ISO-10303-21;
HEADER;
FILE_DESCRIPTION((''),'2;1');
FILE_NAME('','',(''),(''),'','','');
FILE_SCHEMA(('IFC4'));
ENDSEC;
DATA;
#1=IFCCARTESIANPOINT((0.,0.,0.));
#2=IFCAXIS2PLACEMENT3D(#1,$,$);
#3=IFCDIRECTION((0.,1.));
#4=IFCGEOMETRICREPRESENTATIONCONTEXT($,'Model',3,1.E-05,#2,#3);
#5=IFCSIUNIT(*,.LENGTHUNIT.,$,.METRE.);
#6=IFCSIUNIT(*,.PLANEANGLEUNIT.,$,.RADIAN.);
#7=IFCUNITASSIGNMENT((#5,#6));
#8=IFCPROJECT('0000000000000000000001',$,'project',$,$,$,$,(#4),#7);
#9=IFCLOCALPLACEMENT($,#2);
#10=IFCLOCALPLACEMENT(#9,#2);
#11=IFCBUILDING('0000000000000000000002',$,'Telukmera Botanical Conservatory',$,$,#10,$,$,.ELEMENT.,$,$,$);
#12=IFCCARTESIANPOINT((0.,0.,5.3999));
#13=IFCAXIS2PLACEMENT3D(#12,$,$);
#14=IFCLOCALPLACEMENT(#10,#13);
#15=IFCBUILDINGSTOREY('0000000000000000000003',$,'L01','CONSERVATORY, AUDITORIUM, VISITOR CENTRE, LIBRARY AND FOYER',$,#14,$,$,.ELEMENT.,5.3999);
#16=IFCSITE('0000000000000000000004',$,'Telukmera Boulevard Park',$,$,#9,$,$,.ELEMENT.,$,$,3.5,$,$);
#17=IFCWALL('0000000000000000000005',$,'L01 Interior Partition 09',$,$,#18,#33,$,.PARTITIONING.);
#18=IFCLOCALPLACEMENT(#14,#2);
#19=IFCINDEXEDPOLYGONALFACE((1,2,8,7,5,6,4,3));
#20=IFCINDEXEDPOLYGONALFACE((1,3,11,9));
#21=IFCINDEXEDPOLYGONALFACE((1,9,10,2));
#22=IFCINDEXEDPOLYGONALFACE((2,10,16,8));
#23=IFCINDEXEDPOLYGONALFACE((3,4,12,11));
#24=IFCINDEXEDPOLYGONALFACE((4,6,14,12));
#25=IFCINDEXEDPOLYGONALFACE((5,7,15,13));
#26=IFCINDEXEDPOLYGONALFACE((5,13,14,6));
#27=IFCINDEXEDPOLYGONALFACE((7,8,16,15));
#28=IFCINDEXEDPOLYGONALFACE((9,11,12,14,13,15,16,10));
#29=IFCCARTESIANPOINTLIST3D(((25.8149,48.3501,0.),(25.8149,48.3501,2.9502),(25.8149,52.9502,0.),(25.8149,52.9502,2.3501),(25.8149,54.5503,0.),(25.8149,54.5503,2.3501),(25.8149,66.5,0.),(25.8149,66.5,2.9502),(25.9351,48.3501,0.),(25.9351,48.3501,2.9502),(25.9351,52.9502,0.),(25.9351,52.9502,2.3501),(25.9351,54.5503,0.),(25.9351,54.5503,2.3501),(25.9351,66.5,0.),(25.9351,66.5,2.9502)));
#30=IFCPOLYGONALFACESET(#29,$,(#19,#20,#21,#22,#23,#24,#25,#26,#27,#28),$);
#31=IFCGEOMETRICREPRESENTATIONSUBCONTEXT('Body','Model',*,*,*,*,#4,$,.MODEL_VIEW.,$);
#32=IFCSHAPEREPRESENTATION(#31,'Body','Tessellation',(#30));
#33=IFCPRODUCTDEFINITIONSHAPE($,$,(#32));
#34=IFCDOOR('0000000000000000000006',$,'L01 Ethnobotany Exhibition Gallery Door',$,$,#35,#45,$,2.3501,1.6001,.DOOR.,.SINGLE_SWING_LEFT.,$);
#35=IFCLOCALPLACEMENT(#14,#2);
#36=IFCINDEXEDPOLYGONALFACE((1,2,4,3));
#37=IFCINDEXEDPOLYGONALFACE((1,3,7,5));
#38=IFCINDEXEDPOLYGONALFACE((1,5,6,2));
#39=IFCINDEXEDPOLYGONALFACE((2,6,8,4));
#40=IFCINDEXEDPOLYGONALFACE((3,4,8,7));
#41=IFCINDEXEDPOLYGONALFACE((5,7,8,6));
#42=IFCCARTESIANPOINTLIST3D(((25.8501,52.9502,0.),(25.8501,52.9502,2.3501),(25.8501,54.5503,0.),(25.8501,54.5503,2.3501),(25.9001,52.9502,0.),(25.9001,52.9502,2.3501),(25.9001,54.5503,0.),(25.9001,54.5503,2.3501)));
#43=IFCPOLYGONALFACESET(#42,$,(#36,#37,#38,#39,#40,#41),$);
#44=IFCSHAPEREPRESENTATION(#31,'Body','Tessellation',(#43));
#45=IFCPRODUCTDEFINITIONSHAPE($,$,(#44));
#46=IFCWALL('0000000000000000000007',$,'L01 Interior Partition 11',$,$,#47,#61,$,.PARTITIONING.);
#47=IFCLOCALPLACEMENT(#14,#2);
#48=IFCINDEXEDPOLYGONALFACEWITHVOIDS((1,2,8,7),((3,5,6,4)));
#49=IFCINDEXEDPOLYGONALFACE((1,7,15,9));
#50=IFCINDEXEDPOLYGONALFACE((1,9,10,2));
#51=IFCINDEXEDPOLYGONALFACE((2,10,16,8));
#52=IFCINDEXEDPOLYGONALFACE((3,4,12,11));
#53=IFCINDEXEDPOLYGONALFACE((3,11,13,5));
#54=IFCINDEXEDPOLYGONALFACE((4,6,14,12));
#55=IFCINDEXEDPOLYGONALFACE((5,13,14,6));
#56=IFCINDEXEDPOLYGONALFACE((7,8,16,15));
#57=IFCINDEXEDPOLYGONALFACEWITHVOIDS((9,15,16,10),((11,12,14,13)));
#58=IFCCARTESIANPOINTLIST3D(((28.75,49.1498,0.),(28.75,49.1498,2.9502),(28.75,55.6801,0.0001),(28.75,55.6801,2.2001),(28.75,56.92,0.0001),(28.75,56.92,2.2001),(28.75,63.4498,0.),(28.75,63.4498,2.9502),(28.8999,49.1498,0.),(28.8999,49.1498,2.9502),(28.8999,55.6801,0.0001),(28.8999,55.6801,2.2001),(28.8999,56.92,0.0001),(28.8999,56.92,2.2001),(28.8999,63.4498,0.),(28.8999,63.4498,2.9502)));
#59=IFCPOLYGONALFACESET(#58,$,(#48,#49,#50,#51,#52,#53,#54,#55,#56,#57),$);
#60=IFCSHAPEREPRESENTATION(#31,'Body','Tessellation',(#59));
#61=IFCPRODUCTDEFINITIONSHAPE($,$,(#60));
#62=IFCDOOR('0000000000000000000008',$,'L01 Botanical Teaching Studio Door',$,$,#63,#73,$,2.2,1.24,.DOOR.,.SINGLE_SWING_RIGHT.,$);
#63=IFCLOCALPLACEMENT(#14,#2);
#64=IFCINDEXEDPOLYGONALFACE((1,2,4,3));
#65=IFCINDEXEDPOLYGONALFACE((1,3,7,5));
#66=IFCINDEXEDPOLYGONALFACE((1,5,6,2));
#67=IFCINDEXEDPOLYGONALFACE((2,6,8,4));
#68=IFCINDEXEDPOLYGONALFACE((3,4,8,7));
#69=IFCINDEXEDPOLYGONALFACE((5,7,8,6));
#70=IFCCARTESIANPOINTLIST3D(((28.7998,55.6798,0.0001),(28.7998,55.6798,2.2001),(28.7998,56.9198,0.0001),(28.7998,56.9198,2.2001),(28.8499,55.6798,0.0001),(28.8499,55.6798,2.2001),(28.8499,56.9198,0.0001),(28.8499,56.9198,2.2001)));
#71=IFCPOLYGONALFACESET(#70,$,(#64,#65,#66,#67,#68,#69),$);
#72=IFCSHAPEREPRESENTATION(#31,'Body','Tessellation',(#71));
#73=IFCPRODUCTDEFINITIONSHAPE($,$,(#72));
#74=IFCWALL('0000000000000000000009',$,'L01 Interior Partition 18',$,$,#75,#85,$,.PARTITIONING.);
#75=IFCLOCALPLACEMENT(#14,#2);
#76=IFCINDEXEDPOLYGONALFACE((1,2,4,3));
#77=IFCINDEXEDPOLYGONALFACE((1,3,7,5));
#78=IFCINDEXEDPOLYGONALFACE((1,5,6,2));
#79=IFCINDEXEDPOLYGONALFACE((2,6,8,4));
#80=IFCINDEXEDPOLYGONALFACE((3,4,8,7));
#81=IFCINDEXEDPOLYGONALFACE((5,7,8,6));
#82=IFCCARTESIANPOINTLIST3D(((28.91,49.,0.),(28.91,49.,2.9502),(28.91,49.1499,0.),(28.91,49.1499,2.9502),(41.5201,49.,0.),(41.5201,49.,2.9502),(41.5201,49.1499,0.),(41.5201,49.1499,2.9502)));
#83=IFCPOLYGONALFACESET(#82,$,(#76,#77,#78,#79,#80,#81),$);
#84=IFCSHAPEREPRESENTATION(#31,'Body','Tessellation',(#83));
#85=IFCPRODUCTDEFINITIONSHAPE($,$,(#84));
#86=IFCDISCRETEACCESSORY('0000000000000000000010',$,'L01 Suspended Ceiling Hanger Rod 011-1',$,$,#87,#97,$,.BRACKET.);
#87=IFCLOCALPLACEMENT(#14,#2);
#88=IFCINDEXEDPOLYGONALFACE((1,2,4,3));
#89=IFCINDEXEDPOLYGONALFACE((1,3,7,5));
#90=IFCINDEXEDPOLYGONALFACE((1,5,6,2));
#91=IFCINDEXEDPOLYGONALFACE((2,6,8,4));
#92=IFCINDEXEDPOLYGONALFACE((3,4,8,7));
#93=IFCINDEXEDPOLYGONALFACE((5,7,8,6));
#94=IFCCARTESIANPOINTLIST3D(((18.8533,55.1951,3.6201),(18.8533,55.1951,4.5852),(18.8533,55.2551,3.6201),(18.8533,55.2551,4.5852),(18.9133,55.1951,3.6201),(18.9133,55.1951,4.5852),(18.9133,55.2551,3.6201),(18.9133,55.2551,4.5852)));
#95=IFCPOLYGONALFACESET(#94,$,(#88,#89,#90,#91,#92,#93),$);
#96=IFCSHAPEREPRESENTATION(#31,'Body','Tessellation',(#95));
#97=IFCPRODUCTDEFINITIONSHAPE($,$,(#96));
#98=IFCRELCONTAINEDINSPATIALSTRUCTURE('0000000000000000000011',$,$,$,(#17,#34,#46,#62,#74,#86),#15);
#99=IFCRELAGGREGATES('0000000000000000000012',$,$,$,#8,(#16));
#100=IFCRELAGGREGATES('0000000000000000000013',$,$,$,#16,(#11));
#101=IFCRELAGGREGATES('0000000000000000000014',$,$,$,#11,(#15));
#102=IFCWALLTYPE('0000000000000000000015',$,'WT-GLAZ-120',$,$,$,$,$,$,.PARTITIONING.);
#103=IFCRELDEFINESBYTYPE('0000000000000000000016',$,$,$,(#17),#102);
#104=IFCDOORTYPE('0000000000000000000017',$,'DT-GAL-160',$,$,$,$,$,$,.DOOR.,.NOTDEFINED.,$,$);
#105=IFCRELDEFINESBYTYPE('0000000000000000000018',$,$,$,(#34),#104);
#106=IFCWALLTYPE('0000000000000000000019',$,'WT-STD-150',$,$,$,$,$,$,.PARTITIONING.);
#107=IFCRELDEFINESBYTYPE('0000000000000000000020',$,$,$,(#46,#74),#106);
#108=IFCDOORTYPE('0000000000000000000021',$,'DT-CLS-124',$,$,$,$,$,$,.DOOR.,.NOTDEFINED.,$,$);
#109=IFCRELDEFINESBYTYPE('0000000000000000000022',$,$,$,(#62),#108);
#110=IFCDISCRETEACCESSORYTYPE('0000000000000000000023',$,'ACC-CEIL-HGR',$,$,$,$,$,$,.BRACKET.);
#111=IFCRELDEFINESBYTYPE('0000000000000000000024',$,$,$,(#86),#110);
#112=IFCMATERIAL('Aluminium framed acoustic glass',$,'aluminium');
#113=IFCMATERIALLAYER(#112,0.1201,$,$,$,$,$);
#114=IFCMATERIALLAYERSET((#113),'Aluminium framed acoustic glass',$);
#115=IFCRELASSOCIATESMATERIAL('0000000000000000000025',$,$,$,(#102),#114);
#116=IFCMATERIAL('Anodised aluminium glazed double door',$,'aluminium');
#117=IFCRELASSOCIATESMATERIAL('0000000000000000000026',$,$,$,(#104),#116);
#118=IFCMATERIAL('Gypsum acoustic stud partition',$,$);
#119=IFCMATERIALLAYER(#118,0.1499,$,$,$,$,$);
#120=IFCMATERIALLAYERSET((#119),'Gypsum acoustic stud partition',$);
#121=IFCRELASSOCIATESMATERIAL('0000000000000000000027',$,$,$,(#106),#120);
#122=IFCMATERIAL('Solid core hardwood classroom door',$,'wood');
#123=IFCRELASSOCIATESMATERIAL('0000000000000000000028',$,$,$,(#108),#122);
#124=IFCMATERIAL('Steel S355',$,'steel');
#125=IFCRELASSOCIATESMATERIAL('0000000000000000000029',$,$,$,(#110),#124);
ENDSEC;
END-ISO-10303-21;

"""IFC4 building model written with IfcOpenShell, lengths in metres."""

from ifc_helpers import new_model, si_unit, direction, frame, frame_2d, origin, origin_2d, place, context, subcontext, project, spatial, rectangle, extrude, material, layer, layer_set, type_object, element, fill, save


model = new_model("IFC4")

# Units and contexts
model_context = context("Model", 3, precision=1e-05, world=origin(), true_north=direction((0.0, 1.0)))
body_context = subcontext(model_context, "Body", "Model", "MODEL_VIEW")
ifc_project = project(units=[si_unit("LENGTHUNIT", "METRE"), si_unit("PLANEANGLEUNIT", "RADIAN")], contexts=[model_context])

# Site, building, storey
site_placement = place(None, origin())
site = spatial("IfcSite", under=ifc_project, at=site_placement, Name="Telukmera Boulevard Park", CompositionType="ELEMENT", RefElevation=3.5)
building_placement = place(site_placement, origin())
building = spatial("IfcBuilding", under=site, at=building_placement, Name="Telukmera Botanical Conservatory", CompositionType="ELEMENT")
storey_placement = place(building_placement, frame((0.0, 0.0, 5.3999)))
storey = spatial("IfcBuildingStorey", under=building, at=storey_placement, Name="L01", Description="CONSERVATORY, AUDITORIUM, VISITOR CENTRE, LIBRARY AND FOYER", CompositionType="ELEMENT", Elevation=5.3999)

# Walls, openings, doors
ifc_material_1 = material(Name="Aluminium framed acoustic glass", Category="aluminium")
ifc_layer_1 = layer(ifc_material_1, 0.1201)
ifc_layer_set_1 = layer_set([ifc_layer_1], Name="Aluminium framed acoustic glass")
wall_type_1 = type_object("IfcWallType", Name="WT-GLAZ-120", PredefinedType="PARTITIONING", material=ifc_layer_set_1)
wall_1_placement = place(storey_placement, frame((25.875, 48.3501, 0.0), z_axis=(0.0, 0.0, 1.0), x_axis=(0.0, 1.0, 0.0)))
wall_1 = element("IfcWall", 1, at=wall_1_placement, inside=storey, type_object=wall_type_1, Name="L01 Interior Partition 09", PredefinedType="PARTITIONING", context=body_context, shape_type="SweptSolid", body=[
    extrude(rectangle(XDim=18.1499, YDim=0.1201, at=frame_2d((9.075, 0.0))), origin(), (0.0, 0.0, 1.0), 2.9502),
])
opening_1_placement = place(wall_1_placement, frame((4.6001, 0.0, 0.0)))
opening_1 = element("IfcOpeningElement", 2, at=opening_1_placement, cuts=wall_1, PredefinedType="OPENING", context=body_context, shape_type="SweptSolid", body=[
    extrude(rectangle(XDim=1.6001, YDim=2.3501, at=frame_2d((0.8, 1.175))), frame((0.0, 0.0701, 0.0), z_axis=(0.0, -1.0, 0.0), x_axis=(1.0, 0.0, 0.0)), (0.0, 0.0, 1.0), 0.1401),
])
ifc_material_2 = material(Name="Anodised aluminium glazed double door", Category="aluminium")
door_type_1 = type_object("IfcDoorType", Name="DT-GAL-160", OperationType="NOTDEFINED", PredefinedType="DOOR", material=ifc_material_2)
door_1_placement = place(opening_1_placement, origin())
door_1 = element("IfcDoor", 3, at=door_1_placement, inside=storey, type_object=door_type_1, Name="L01 Ethnobotany Exhibition Gallery Door", OperationType="SINGLE_SWING_LEFT", OverallHeight=2.3501, OverallWidth=1.6001, PredefinedType="DOOR", context=body_context, shape_type="SweptSolid", body=[
    extrude(rectangle(XDim=1.6001, YDim=2.3501, at=frame_2d((0.8, 1.175))), frame((0.0, 0.0249, 0.0), z_axis=(0.0, -1.0, 0.0), x_axis=(1.0, 0.0, 0.0)), (0.0, 0.0, 1.0), 0.05),
])
fill(opening_1, door_1)
ifc_material_3 = material(Name="Gypsum acoustic stud partition")
ifc_layer_2 = layer(ifc_material_3, 0.1499)
ifc_layer_set_2 = layer_set([ifc_layer_2], Name="Gypsum acoustic stud partition")
wall_type_2 = type_object("IfcWallType", Name="WT-STD-150", PredefinedType="PARTITIONING", material=ifc_layer_set_2)
wall_2_placement = place(storey_placement, frame((28.825, 49.1499, 0.0), z_axis=(0.0, 0.0, 1.0), x_axis=(0.0, 1.0, 0.0)))
wall_2 = element("IfcWall", 4, at=wall_2_placement, inside=storey, type_object=wall_type_2, Name="L01 Interior Partition 11", PredefinedType="PARTITIONING", context=body_context, shape_type="SweptSolid", body=[
    extrude(rectangle(XDim=14.3, YDim=0.1499, at=frame_2d((7.1499, 0.0))), origin(), (0.0, 0.0, 1.0), 2.9502),
])
opening_2_placement = place(wall_2_placement, frame((6.53, 0.0, 0.0)))
opening_2 = element("IfcOpeningElement", 5, at=opening_2_placement, cuts=wall_2, PredefinedType="OPENING", context=body_context, shape_type="SweptSolid", body=[
    extrude(rectangle(XDim=1.24, YDim=2.2, at=frame_2d((0.6201, 1.1001))), frame((0.0, 0.085, 0.0), z_axis=(0.0, -1.0, 0.0), x_axis=(1.0, 0.0, 0.0)), (0.0, 0.0, 1.0), 0.1699),
])
ifc_material_4 = material(Name="Solid core hardwood classroom door", Category="wood")
door_type_2 = type_object("IfcDoorType", Name="DT-CLS-124", OperationType="NOTDEFINED", PredefinedType="DOOR", material=ifc_material_4)
door_2_placement = place(opening_2_placement, frame((1.24, 0.0, 0.0), z_axis=(0.0, 0.0, 1.0), x_axis=(-1.0, 0.0, 0.0)))
door_2 = element("IfcDoor", 6, at=door_2_placement, inside=storey, type_object=door_type_2, Name="L01 Botanical Teaching Studio Door", OperationType="SINGLE_SWING_RIGHT", OverallHeight=2.2, OverallWidth=1.24, PredefinedType="DOOR", context=body_context, shape_type="SweptSolid", body=[
    extrude(rectangle(XDim=1.24, YDim=2.2, at=frame_2d((0.6201, 1.1001))), frame((0.0, 0.0249, 0.0), z_axis=(0.0, -1.0, 0.0), x_axis=(1.0, 0.0, 0.0)), (0.0, 0.0, 1.0), 0.05),
])
fill(opening_2, door_2)

# Wall
wall_3_placement = place(storey_placement, frame((28.9099, 49.075, 0.0), z_axis=(0.0, 0.0, 1.0), x_axis=(1.0, 0.0, 0.0)))
element("IfcWall", 7, at=wall_3_placement, inside=storey, type_object=wall_type_2, Name="L01 Interior Partition 18", PredefinedType="PARTITIONING", context=body_context, shape_type="SweptSolid", body=[
    extrude(rectangle(XDim=12.6101, YDim=0.1499, at=frame_2d((6.3052, 0.0))), origin(), (0.0, 0.0, 1.0), 2.9502),
])

# Discrete accessory
ifc_material_5 = material(Name="Steel S355", Category="steel")
discrete_accessory_type = type_object("IfcDiscreteAccessoryType", Name="ACC-CEIL-HGR", PredefinedType="BRACKET", material=ifc_material_5)
discrete_accessory_placement = place(storey_placement, frame((18.8833, 55.2251, 3.6201), z_axis=(0.0, 0.0, 1.0), x_axis=(1.0, 0.0, 0.0)))
element("IfcDiscreteAccessory", 8, at=discrete_accessory_placement, inside=storey, type_object=discrete_accessory_type, Name="L01 Suspended Ceiling Hanger Rod 011-1", PredefinedType="BRACKET", context=body_context, shape_type="SweptSolid", body=[
    extrude(rectangle(XDim=0.0601, YDim=0.0601, at=origin_2d()), origin(), (0.0, 0.0, 1.0), 0.9651),
])

save(model, "model.ifc")
